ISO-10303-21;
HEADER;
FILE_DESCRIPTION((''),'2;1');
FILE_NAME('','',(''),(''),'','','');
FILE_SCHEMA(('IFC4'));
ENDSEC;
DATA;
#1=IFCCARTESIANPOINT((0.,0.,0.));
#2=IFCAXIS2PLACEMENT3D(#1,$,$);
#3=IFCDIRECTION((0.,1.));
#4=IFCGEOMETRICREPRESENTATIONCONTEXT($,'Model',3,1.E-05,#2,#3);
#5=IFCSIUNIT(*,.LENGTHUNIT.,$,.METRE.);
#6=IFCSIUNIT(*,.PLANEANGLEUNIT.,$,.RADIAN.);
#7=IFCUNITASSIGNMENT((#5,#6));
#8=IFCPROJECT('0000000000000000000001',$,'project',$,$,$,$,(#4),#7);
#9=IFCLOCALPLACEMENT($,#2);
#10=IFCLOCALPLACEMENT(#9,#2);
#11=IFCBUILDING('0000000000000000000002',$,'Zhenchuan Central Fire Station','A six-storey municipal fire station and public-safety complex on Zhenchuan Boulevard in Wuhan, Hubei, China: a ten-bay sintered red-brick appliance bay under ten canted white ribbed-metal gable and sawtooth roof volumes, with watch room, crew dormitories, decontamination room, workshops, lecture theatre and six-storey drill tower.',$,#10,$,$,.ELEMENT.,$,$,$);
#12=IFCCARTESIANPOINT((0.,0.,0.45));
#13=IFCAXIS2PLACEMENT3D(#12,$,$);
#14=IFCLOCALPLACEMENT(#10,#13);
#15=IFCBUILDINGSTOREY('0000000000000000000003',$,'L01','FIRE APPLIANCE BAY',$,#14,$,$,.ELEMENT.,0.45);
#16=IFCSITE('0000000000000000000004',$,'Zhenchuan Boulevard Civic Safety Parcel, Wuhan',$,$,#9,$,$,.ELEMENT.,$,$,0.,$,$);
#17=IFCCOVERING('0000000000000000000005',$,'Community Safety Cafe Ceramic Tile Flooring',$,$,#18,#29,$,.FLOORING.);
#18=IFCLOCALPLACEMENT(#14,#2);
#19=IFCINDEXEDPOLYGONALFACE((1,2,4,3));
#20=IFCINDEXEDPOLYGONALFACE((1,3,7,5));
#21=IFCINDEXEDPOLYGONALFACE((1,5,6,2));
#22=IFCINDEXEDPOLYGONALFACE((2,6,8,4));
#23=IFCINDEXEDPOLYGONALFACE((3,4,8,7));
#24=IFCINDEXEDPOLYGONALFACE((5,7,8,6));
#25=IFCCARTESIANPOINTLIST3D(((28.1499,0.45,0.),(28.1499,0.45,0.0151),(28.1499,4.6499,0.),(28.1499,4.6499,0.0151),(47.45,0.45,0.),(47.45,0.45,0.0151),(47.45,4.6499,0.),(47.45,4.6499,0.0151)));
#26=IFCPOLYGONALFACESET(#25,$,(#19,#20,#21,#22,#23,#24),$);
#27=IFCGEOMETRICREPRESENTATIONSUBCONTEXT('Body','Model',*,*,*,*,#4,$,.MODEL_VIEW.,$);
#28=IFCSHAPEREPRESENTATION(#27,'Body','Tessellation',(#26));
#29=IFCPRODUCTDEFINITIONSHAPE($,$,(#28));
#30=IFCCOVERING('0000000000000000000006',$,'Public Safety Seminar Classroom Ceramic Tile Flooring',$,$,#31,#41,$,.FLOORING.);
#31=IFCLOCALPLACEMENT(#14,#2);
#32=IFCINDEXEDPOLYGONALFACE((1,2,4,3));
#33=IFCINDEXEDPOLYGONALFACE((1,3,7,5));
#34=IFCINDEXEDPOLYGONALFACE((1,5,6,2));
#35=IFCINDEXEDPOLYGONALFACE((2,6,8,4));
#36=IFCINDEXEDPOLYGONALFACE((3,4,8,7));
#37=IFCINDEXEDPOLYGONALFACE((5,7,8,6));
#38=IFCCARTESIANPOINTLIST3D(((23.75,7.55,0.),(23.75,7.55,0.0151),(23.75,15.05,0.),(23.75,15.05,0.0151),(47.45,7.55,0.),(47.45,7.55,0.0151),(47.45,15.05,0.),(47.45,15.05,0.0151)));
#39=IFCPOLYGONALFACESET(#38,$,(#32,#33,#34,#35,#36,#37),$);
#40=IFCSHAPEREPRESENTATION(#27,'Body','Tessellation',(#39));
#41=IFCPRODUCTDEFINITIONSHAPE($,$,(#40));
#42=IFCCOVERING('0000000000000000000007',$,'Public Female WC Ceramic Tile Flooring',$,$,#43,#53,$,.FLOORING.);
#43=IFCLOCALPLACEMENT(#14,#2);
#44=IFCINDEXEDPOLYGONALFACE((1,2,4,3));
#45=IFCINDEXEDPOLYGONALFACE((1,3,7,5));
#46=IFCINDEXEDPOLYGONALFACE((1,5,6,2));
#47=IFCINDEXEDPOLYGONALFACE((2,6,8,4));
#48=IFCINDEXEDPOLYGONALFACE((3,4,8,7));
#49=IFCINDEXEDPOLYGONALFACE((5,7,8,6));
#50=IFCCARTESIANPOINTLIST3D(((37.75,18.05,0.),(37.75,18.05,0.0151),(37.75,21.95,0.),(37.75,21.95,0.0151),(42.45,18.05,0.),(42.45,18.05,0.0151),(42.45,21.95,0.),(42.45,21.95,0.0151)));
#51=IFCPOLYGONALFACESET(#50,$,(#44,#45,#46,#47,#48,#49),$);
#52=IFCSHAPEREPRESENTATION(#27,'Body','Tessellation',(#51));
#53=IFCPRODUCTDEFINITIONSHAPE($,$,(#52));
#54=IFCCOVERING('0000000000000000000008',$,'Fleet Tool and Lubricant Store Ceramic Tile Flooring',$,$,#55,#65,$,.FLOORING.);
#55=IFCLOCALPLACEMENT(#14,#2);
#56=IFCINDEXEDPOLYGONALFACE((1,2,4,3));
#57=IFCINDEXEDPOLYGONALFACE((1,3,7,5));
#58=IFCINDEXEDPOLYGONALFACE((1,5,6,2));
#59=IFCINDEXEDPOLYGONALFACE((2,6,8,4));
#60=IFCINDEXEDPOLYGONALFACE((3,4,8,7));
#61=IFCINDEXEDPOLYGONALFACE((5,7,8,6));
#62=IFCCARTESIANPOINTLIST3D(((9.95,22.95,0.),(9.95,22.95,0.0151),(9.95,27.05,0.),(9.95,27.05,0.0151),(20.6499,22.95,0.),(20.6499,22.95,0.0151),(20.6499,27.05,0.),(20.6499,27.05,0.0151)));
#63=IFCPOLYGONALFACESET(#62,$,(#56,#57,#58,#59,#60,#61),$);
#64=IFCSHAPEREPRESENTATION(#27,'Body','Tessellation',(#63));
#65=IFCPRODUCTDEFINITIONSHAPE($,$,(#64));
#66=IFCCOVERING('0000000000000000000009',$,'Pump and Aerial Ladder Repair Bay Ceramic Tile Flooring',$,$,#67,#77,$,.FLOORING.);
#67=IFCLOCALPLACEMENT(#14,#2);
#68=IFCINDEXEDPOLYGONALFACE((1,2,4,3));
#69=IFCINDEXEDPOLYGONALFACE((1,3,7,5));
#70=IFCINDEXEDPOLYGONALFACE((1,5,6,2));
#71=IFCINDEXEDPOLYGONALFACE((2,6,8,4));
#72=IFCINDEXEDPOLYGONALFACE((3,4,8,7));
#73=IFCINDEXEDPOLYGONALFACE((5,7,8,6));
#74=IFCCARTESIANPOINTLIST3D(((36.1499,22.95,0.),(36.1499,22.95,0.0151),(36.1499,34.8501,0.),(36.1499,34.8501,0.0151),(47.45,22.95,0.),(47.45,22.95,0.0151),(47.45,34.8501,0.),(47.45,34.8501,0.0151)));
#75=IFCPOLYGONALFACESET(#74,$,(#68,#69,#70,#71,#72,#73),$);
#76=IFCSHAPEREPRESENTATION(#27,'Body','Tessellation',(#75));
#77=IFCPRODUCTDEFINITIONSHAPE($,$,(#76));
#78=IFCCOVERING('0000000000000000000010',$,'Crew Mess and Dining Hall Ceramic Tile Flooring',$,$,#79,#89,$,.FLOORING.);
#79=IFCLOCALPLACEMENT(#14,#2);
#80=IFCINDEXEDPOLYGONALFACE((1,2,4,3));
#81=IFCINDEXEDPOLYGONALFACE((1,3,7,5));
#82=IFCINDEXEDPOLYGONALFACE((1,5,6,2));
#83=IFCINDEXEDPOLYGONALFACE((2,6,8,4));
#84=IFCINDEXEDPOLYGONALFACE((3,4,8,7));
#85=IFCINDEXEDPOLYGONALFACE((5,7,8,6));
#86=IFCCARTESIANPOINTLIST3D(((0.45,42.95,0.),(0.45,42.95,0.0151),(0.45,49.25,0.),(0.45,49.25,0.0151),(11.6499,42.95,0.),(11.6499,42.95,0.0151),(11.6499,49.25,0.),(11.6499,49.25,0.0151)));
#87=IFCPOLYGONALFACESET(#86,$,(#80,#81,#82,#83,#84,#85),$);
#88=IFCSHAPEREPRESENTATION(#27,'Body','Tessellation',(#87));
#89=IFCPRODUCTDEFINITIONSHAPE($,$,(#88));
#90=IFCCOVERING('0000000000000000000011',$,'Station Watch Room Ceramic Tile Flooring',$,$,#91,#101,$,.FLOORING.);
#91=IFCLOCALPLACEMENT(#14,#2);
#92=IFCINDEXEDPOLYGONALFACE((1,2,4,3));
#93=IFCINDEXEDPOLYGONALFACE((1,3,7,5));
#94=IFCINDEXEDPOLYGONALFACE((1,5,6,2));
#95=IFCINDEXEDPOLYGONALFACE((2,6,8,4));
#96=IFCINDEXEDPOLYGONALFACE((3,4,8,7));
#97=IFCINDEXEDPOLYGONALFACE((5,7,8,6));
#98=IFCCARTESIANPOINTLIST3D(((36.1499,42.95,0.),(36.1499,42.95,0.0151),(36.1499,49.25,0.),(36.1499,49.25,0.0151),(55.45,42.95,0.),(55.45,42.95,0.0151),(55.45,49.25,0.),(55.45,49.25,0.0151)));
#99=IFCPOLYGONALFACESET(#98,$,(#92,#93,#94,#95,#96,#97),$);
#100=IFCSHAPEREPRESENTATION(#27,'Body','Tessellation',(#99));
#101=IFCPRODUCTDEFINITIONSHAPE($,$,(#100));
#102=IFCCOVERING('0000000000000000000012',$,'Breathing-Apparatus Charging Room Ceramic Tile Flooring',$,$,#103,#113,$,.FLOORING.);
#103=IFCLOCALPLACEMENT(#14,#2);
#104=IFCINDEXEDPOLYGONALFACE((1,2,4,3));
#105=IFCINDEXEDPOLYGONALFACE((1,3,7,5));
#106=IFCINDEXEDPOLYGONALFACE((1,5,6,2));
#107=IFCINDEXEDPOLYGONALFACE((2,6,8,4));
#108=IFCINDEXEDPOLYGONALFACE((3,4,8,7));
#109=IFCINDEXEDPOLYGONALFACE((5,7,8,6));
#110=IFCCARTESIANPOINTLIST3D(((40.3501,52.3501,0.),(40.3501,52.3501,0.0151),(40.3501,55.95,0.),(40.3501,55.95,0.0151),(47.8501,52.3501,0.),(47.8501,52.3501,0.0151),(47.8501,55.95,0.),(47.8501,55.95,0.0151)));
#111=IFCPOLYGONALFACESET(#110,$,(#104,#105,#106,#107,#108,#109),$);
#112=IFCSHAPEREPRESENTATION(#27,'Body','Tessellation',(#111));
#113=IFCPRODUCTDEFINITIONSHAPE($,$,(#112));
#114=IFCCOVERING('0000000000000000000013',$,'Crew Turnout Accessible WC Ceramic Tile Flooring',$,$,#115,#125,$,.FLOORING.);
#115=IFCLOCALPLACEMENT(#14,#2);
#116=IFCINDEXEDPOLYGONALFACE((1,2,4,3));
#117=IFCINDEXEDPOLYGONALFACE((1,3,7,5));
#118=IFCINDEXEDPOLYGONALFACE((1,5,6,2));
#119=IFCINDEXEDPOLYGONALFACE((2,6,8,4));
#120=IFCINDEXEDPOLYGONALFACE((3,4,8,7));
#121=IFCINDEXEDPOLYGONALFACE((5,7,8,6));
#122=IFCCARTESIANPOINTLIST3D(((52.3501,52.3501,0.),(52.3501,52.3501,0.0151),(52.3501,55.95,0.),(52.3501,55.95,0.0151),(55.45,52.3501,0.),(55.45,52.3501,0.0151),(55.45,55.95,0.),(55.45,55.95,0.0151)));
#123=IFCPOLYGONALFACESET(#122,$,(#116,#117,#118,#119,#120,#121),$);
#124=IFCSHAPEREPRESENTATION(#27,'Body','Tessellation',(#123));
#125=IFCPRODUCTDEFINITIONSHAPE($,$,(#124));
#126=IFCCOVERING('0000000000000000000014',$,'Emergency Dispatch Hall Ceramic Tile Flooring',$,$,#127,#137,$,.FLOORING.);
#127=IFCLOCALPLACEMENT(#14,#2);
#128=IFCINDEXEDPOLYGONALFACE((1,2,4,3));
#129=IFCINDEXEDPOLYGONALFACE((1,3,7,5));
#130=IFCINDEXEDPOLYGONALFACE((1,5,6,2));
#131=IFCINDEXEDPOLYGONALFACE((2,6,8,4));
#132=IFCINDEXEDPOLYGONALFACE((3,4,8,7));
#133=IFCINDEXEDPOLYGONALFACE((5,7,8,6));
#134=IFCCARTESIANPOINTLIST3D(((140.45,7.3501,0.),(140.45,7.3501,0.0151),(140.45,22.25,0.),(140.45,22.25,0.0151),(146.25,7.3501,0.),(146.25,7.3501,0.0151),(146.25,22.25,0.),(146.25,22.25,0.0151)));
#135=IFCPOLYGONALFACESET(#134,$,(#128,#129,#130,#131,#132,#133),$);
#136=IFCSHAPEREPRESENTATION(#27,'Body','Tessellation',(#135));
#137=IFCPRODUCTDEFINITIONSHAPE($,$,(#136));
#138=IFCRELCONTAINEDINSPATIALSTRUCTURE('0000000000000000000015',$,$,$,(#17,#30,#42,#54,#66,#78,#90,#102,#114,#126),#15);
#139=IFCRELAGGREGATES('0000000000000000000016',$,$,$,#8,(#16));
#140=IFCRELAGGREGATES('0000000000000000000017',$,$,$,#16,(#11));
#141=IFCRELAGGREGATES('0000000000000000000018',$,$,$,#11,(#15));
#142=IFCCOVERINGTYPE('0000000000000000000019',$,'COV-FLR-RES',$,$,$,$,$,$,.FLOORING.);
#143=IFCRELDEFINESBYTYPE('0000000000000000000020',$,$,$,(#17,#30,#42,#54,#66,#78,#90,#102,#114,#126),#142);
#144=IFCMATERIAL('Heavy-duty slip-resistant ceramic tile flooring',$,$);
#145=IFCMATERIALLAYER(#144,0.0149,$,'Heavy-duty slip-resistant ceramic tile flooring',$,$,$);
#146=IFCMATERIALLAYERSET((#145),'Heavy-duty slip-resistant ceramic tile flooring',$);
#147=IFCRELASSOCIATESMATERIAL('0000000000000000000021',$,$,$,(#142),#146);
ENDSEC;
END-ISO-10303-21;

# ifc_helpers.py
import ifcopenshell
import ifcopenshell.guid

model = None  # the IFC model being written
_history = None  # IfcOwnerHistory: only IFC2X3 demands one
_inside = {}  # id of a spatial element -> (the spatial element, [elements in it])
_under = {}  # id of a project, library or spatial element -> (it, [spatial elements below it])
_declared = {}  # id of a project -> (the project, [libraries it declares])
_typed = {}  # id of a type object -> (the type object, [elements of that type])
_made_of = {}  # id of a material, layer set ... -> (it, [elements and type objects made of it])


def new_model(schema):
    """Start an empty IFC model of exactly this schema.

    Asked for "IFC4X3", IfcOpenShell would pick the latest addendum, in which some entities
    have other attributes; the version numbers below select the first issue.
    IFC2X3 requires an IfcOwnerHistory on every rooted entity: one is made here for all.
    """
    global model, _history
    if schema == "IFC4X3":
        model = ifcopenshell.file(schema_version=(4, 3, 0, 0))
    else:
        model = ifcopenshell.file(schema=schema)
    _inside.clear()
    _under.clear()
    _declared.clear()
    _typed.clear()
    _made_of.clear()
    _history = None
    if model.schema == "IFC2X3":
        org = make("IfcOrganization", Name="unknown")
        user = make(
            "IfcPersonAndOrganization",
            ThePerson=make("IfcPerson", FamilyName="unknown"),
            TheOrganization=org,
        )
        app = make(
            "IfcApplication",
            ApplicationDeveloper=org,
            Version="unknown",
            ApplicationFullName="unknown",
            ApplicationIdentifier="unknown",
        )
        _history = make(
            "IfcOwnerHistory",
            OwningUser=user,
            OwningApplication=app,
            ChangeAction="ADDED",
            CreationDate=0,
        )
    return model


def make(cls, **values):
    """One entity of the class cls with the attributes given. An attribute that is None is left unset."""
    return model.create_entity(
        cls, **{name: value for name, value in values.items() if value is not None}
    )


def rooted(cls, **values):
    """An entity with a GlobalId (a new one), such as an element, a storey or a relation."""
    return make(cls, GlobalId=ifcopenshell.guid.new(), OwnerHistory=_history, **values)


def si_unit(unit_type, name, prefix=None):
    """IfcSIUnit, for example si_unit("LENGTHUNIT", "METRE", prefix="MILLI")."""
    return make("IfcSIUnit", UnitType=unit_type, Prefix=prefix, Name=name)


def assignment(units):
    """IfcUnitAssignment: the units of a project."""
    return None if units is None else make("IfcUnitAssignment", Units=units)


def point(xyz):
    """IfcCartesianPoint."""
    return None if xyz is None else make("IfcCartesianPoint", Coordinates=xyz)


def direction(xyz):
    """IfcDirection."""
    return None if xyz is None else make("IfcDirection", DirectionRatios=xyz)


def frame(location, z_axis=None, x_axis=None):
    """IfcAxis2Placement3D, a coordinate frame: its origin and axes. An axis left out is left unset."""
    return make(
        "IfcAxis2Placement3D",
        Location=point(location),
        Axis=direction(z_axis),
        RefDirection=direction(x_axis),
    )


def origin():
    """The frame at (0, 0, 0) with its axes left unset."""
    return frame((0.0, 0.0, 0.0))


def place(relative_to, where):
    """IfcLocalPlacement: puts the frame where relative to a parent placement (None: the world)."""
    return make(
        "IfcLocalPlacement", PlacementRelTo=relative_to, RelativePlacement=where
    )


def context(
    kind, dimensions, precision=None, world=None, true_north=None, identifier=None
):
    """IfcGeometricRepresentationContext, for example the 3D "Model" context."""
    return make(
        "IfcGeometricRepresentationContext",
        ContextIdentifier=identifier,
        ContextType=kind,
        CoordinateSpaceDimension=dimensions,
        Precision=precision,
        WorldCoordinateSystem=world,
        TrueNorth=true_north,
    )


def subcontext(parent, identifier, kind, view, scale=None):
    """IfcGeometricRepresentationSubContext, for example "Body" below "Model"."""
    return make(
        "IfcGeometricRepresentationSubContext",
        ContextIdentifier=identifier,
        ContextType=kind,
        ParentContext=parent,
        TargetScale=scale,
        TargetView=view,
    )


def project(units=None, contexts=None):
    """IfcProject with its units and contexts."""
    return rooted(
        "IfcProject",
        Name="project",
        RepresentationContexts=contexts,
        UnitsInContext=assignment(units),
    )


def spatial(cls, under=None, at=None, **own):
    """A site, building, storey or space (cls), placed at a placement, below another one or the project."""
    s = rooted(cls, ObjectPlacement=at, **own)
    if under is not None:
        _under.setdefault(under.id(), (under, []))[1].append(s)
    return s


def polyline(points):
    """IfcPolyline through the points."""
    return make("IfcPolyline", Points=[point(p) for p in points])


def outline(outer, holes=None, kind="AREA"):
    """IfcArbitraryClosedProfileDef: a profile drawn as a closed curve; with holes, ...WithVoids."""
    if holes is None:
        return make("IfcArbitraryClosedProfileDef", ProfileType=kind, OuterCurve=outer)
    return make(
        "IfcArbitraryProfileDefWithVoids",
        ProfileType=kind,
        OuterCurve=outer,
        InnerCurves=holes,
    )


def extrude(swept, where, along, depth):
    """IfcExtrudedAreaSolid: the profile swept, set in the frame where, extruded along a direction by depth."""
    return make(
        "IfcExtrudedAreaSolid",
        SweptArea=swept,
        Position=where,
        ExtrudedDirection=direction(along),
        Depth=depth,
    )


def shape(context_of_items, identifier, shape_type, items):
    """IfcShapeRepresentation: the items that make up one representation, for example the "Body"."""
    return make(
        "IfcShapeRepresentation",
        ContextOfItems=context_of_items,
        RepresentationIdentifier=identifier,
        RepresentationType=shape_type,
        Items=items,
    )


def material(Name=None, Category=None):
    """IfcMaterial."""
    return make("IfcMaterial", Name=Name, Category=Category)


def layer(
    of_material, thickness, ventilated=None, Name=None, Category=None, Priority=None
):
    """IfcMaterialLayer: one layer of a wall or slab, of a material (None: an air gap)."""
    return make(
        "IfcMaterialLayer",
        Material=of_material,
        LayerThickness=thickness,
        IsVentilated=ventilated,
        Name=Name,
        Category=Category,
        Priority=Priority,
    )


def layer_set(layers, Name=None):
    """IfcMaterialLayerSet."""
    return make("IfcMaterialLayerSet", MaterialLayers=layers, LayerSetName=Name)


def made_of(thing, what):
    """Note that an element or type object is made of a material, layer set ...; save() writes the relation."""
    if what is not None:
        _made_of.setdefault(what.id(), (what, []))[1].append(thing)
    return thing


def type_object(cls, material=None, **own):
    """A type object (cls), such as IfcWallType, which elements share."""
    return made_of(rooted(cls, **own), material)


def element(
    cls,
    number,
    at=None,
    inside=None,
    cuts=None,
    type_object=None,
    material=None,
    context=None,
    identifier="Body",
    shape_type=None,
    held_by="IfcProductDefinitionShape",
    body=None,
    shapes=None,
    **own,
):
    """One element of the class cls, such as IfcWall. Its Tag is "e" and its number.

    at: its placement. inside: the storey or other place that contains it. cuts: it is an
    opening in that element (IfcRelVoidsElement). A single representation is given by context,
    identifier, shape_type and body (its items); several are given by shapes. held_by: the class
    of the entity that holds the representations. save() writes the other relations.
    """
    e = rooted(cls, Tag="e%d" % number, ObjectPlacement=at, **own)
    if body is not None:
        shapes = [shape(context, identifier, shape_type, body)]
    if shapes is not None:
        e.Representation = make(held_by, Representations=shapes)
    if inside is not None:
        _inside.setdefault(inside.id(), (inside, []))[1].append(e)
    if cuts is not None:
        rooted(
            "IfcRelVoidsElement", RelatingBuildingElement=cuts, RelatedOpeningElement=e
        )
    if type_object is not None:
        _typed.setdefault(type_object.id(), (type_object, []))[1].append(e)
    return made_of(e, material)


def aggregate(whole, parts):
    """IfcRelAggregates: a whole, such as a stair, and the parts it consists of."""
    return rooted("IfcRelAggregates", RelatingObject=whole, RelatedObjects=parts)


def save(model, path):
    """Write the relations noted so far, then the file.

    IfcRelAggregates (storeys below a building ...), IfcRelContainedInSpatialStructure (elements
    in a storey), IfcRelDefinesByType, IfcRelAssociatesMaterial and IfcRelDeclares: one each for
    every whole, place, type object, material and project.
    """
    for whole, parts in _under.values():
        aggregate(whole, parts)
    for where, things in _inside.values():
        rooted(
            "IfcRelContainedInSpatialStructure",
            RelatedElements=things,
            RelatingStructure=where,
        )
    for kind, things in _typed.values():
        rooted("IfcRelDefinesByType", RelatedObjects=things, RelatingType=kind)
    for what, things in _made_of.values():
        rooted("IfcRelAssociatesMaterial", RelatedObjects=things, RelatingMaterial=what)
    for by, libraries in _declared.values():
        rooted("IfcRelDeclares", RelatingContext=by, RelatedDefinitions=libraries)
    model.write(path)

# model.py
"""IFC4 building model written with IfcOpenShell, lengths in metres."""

from ifc_helpers import new_model, si_unit, direction, frame, origin, place, context, subcontext, project, spatial, polyline, outline, extrude, material, layer, layer_set, type_object, element, save


model = new_model("IFC4")

# Units and contexts
model_context = context("Model", 3, precision=1e-05, world=origin(), true_north=direction((0.0, 1.0)))
body_context = subcontext(model_context, "Body", "Model", "MODEL_VIEW")
ifc_project = project(units=[si_unit("LENGTHUNIT", "METRE"), si_unit("PLANEANGLEUNIT", "RADIAN")], contexts=[model_context])

# Site, building, storey
site_placement = place(None, origin())
site = spatial("IfcSite", under=ifc_project, at=site_placement, Name="Zhenchuan Boulevard Civic Safety Parcel, Wuhan", CompositionType="ELEMENT", RefElevation=0.0)
building_placement = place(site_placement, origin())
building = spatial("IfcBuilding", under=site, at=building_placement, Name="Zhenchuan Central Fire Station", Description="A six-storey municipal fire station and public-safety complex on Zhenchuan Boulevard in Wuhan, Hubei, China: a ten-bay sintered red-brick appliance bay under ten canted white ribbed-metal gable and sawtooth roof volumes, with watch room, crew dormitories, decontamination room, workshops, lecture theatre and six-storey drill tower.", CompositionType="ELEMENT")
storey_placement = place(building_placement, frame((0.0, 0.0, 0.45)))
storey = spatial("IfcBuildingStorey", under=building, at=storey_placement, Name="L01", Description="FIRE APPLIANCE BAY", CompositionType="ELEMENT", Elevation=0.45)

# Coverings
ifc_material_1 = material(Name="Heavy-duty slip-resistant ceramic tile flooring")
ifc_layer_1 = layer(ifc_material_1, 0.0149, Name="Heavy-duty slip-resistant ceramic tile flooring")
ifc_layer_set_1 = layer_set([ifc_layer_1], Name="Heavy-duty slip-resistant ceramic tile flooring")
covering_type_1 = type_object("IfcCoveringType", Name="COV-FLR-RES", PredefinedType="FLOORING", material=ifc_layer_set_1)
covering_1_placement = place(storey_placement, origin())
element("IfcCovering", 1, at=covering_1_placement, inside=storey, type_object=covering_type_1, Name="Community Safety Cafe Ceramic Tile Flooring", PredefinedType="FLOORING", context=body_context, shape_type="SweptSolid", body=[
    extrude(outline(polyline([(28.1499, 0.45), (47.45, 0.45), (47.45, 4.6499), (28.1499, 4.6499), (28.1499, 0.45)])), origin(), (0.0, 0.0, 1.0), 0.0151),
])
covering_2_placement = place(storey_placement, origin())
element("IfcCovering", 2, at=covering_2_placement, inside=storey, type_object=covering_type_1, Name="Public Safety Seminar Classroom Ceramic Tile Flooring", PredefinedType="FLOORING", context=body_context, shape_type="SweptSolid", body=[
    extrude(outline(polyline([(23.75, 7.55), (47.45, 7.55), (47.45, 15.05), (23.75, 15.05), (23.75, 7.55)])), origin(), (0.0, 0.0, 1.0), 0.0151),
])
covering_3_placement = place(storey_placement, origin())
element("IfcCovering", 3, at=covering_3_placement, inside=storey, type_object=covering_type_1, Name="Public Female WC Ceramic Tile Flooring", PredefinedType="FLOORING", context=body_context, shape_type="SweptSolid", body=[
    extrude(outline(polyline([(37.75, 18.05), (42.45, 18.05), (42.45, 21.95), (37.75, 21.95), (37.75, 18.05)])), origin(), (0.0, 0.0, 1.0), 0.0151),
])
covering_4_placement = place(storey_placement, origin())
element("IfcCovering", 4, at=covering_4_placement, inside=storey, type_object=covering_type_1, Name="Fleet Tool and Lubricant Store Ceramic Tile Flooring", PredefinedType="FLOORING", context=body_context, shape_type="SweptSolid", body=[
    extrude(outline(polyline([(9.95, 22.95), (20.6499, 22.95), (20.6499, 27.05), (9.95, 27.05), (9.95, 22.95)])), origin(), (0.0, 0.0, 1.0), 0.0151),
])
covering_5_placement = place(storey_placement, origin())
element("IfcCovering", 5, at=covering_5_placement, inside=storey, type_object=covering_type_1, Name="Pump and Aerial Ladder Repair Bay Ceramic Tile Flooring", PredefinedType="FLOORING", context=body_context, shape_type="SweptSolid", body=[
    extrude(outline(polyline([(36.1499, 22.95), (47.45, 22.95), (47.45, 34.8501), (36.1499, 34.8501), (36.1499, 22.95)])), origin(), (0.0, 0.0, 1.0), 0.0151),
])
covering_6_placement = place(storey_placement, origin())
element("IfcCovering", 6, at=covering_6_placement, inside=storey, type_object=covering_type_1, Name="Crew Mess and Dining Hall Ceramic Tile Flooring", PredefinedType="FLOORING", context=body_context, shape_type="SweptSolid", body=[
    extrude(outline(polyline([(0.45, 42.95), (11.6499, 42.95), (11.6499, 49.25), (0.45, 49.25), (0.45, 42.95)])), origin(), (0.0, 0.0, 1.0), 0.0151),
])
covering_7_placement = place(storey_placement, origin())
element("IfcCovering", 7, at=covering_7_placement, inside=storey, type_object=covering_type_1, Name="Station Watch Room Ceramic Tile Flooring", PredefinedType="FLOORING", context=body_context, shape_type="SweptSolid", body=[
    extrude(outline(polyline([(36.1499, 42.95), (55.45, 42.95), (55.45, 49.25), (36.1499, 49.25), (36.1499, 42.95)])), origin(), (0.0, 0.0, 1.0), 0.0151),
])
covering_8_placement = place(storey_placement, origin())
element("IfcCovering", 8, at=covering_8_placement, inside=storey, type_object=covering_type_1, Name="Breathing-Apparatus Charging Room Ceramic Tile Flooring", PredefinedType="FLOORING", context=body_context, shape_type="SweptSolid", body=[
    extrude(outline(polyline([(40.3501, 52.3501), (47.8501, 52.3501), (47.8501, 55.95), (40.3501, 55.95), (40.3501, 52.3501)])), origin(), (0.0, 0.0, 1.0), 0.0151),
])
covering_9_placement = place(storey_placement, origin())
element("IfcCovering", 9, at=covering_9_placement, inside=storey, type_object=covering_type_1, Name="Crew Turnout Accessible WC Ceramic Tile Flooring", PredefinedType="FLOORING", context=body_context, shape_type="SweptSolid", body=[
    extrude(outline(polyline([(52.3501, 52.3501), (55.45, 52.3501), (55.45, 55.95), (52.3501, 55.95), (52.3501, 52.3501)])), origin(), (0.0, 0.0, 1.0), 0.0151),
])
covering_10_placement = place(storey_placement, origin())
element("IfcCovering", 10, at=covering_10_placement, inside=storey, type_object=covering_type_1, Name="Emergency Dispatch Hall Ceramic Tile Flooring", PredefinedType="FLOORING", context=body_context, shape_type="SweptSolid", body=[
    extrude(outline(polyline([(140.45, 7.3501), (146.25, 7.3501), (146.25, 22.25), (140.45, 22.25), (140.45, 7.3501)])), origin(), (0.0, 0.0, 1.0), 0.0151),
])

save(model, "model.ifc")
